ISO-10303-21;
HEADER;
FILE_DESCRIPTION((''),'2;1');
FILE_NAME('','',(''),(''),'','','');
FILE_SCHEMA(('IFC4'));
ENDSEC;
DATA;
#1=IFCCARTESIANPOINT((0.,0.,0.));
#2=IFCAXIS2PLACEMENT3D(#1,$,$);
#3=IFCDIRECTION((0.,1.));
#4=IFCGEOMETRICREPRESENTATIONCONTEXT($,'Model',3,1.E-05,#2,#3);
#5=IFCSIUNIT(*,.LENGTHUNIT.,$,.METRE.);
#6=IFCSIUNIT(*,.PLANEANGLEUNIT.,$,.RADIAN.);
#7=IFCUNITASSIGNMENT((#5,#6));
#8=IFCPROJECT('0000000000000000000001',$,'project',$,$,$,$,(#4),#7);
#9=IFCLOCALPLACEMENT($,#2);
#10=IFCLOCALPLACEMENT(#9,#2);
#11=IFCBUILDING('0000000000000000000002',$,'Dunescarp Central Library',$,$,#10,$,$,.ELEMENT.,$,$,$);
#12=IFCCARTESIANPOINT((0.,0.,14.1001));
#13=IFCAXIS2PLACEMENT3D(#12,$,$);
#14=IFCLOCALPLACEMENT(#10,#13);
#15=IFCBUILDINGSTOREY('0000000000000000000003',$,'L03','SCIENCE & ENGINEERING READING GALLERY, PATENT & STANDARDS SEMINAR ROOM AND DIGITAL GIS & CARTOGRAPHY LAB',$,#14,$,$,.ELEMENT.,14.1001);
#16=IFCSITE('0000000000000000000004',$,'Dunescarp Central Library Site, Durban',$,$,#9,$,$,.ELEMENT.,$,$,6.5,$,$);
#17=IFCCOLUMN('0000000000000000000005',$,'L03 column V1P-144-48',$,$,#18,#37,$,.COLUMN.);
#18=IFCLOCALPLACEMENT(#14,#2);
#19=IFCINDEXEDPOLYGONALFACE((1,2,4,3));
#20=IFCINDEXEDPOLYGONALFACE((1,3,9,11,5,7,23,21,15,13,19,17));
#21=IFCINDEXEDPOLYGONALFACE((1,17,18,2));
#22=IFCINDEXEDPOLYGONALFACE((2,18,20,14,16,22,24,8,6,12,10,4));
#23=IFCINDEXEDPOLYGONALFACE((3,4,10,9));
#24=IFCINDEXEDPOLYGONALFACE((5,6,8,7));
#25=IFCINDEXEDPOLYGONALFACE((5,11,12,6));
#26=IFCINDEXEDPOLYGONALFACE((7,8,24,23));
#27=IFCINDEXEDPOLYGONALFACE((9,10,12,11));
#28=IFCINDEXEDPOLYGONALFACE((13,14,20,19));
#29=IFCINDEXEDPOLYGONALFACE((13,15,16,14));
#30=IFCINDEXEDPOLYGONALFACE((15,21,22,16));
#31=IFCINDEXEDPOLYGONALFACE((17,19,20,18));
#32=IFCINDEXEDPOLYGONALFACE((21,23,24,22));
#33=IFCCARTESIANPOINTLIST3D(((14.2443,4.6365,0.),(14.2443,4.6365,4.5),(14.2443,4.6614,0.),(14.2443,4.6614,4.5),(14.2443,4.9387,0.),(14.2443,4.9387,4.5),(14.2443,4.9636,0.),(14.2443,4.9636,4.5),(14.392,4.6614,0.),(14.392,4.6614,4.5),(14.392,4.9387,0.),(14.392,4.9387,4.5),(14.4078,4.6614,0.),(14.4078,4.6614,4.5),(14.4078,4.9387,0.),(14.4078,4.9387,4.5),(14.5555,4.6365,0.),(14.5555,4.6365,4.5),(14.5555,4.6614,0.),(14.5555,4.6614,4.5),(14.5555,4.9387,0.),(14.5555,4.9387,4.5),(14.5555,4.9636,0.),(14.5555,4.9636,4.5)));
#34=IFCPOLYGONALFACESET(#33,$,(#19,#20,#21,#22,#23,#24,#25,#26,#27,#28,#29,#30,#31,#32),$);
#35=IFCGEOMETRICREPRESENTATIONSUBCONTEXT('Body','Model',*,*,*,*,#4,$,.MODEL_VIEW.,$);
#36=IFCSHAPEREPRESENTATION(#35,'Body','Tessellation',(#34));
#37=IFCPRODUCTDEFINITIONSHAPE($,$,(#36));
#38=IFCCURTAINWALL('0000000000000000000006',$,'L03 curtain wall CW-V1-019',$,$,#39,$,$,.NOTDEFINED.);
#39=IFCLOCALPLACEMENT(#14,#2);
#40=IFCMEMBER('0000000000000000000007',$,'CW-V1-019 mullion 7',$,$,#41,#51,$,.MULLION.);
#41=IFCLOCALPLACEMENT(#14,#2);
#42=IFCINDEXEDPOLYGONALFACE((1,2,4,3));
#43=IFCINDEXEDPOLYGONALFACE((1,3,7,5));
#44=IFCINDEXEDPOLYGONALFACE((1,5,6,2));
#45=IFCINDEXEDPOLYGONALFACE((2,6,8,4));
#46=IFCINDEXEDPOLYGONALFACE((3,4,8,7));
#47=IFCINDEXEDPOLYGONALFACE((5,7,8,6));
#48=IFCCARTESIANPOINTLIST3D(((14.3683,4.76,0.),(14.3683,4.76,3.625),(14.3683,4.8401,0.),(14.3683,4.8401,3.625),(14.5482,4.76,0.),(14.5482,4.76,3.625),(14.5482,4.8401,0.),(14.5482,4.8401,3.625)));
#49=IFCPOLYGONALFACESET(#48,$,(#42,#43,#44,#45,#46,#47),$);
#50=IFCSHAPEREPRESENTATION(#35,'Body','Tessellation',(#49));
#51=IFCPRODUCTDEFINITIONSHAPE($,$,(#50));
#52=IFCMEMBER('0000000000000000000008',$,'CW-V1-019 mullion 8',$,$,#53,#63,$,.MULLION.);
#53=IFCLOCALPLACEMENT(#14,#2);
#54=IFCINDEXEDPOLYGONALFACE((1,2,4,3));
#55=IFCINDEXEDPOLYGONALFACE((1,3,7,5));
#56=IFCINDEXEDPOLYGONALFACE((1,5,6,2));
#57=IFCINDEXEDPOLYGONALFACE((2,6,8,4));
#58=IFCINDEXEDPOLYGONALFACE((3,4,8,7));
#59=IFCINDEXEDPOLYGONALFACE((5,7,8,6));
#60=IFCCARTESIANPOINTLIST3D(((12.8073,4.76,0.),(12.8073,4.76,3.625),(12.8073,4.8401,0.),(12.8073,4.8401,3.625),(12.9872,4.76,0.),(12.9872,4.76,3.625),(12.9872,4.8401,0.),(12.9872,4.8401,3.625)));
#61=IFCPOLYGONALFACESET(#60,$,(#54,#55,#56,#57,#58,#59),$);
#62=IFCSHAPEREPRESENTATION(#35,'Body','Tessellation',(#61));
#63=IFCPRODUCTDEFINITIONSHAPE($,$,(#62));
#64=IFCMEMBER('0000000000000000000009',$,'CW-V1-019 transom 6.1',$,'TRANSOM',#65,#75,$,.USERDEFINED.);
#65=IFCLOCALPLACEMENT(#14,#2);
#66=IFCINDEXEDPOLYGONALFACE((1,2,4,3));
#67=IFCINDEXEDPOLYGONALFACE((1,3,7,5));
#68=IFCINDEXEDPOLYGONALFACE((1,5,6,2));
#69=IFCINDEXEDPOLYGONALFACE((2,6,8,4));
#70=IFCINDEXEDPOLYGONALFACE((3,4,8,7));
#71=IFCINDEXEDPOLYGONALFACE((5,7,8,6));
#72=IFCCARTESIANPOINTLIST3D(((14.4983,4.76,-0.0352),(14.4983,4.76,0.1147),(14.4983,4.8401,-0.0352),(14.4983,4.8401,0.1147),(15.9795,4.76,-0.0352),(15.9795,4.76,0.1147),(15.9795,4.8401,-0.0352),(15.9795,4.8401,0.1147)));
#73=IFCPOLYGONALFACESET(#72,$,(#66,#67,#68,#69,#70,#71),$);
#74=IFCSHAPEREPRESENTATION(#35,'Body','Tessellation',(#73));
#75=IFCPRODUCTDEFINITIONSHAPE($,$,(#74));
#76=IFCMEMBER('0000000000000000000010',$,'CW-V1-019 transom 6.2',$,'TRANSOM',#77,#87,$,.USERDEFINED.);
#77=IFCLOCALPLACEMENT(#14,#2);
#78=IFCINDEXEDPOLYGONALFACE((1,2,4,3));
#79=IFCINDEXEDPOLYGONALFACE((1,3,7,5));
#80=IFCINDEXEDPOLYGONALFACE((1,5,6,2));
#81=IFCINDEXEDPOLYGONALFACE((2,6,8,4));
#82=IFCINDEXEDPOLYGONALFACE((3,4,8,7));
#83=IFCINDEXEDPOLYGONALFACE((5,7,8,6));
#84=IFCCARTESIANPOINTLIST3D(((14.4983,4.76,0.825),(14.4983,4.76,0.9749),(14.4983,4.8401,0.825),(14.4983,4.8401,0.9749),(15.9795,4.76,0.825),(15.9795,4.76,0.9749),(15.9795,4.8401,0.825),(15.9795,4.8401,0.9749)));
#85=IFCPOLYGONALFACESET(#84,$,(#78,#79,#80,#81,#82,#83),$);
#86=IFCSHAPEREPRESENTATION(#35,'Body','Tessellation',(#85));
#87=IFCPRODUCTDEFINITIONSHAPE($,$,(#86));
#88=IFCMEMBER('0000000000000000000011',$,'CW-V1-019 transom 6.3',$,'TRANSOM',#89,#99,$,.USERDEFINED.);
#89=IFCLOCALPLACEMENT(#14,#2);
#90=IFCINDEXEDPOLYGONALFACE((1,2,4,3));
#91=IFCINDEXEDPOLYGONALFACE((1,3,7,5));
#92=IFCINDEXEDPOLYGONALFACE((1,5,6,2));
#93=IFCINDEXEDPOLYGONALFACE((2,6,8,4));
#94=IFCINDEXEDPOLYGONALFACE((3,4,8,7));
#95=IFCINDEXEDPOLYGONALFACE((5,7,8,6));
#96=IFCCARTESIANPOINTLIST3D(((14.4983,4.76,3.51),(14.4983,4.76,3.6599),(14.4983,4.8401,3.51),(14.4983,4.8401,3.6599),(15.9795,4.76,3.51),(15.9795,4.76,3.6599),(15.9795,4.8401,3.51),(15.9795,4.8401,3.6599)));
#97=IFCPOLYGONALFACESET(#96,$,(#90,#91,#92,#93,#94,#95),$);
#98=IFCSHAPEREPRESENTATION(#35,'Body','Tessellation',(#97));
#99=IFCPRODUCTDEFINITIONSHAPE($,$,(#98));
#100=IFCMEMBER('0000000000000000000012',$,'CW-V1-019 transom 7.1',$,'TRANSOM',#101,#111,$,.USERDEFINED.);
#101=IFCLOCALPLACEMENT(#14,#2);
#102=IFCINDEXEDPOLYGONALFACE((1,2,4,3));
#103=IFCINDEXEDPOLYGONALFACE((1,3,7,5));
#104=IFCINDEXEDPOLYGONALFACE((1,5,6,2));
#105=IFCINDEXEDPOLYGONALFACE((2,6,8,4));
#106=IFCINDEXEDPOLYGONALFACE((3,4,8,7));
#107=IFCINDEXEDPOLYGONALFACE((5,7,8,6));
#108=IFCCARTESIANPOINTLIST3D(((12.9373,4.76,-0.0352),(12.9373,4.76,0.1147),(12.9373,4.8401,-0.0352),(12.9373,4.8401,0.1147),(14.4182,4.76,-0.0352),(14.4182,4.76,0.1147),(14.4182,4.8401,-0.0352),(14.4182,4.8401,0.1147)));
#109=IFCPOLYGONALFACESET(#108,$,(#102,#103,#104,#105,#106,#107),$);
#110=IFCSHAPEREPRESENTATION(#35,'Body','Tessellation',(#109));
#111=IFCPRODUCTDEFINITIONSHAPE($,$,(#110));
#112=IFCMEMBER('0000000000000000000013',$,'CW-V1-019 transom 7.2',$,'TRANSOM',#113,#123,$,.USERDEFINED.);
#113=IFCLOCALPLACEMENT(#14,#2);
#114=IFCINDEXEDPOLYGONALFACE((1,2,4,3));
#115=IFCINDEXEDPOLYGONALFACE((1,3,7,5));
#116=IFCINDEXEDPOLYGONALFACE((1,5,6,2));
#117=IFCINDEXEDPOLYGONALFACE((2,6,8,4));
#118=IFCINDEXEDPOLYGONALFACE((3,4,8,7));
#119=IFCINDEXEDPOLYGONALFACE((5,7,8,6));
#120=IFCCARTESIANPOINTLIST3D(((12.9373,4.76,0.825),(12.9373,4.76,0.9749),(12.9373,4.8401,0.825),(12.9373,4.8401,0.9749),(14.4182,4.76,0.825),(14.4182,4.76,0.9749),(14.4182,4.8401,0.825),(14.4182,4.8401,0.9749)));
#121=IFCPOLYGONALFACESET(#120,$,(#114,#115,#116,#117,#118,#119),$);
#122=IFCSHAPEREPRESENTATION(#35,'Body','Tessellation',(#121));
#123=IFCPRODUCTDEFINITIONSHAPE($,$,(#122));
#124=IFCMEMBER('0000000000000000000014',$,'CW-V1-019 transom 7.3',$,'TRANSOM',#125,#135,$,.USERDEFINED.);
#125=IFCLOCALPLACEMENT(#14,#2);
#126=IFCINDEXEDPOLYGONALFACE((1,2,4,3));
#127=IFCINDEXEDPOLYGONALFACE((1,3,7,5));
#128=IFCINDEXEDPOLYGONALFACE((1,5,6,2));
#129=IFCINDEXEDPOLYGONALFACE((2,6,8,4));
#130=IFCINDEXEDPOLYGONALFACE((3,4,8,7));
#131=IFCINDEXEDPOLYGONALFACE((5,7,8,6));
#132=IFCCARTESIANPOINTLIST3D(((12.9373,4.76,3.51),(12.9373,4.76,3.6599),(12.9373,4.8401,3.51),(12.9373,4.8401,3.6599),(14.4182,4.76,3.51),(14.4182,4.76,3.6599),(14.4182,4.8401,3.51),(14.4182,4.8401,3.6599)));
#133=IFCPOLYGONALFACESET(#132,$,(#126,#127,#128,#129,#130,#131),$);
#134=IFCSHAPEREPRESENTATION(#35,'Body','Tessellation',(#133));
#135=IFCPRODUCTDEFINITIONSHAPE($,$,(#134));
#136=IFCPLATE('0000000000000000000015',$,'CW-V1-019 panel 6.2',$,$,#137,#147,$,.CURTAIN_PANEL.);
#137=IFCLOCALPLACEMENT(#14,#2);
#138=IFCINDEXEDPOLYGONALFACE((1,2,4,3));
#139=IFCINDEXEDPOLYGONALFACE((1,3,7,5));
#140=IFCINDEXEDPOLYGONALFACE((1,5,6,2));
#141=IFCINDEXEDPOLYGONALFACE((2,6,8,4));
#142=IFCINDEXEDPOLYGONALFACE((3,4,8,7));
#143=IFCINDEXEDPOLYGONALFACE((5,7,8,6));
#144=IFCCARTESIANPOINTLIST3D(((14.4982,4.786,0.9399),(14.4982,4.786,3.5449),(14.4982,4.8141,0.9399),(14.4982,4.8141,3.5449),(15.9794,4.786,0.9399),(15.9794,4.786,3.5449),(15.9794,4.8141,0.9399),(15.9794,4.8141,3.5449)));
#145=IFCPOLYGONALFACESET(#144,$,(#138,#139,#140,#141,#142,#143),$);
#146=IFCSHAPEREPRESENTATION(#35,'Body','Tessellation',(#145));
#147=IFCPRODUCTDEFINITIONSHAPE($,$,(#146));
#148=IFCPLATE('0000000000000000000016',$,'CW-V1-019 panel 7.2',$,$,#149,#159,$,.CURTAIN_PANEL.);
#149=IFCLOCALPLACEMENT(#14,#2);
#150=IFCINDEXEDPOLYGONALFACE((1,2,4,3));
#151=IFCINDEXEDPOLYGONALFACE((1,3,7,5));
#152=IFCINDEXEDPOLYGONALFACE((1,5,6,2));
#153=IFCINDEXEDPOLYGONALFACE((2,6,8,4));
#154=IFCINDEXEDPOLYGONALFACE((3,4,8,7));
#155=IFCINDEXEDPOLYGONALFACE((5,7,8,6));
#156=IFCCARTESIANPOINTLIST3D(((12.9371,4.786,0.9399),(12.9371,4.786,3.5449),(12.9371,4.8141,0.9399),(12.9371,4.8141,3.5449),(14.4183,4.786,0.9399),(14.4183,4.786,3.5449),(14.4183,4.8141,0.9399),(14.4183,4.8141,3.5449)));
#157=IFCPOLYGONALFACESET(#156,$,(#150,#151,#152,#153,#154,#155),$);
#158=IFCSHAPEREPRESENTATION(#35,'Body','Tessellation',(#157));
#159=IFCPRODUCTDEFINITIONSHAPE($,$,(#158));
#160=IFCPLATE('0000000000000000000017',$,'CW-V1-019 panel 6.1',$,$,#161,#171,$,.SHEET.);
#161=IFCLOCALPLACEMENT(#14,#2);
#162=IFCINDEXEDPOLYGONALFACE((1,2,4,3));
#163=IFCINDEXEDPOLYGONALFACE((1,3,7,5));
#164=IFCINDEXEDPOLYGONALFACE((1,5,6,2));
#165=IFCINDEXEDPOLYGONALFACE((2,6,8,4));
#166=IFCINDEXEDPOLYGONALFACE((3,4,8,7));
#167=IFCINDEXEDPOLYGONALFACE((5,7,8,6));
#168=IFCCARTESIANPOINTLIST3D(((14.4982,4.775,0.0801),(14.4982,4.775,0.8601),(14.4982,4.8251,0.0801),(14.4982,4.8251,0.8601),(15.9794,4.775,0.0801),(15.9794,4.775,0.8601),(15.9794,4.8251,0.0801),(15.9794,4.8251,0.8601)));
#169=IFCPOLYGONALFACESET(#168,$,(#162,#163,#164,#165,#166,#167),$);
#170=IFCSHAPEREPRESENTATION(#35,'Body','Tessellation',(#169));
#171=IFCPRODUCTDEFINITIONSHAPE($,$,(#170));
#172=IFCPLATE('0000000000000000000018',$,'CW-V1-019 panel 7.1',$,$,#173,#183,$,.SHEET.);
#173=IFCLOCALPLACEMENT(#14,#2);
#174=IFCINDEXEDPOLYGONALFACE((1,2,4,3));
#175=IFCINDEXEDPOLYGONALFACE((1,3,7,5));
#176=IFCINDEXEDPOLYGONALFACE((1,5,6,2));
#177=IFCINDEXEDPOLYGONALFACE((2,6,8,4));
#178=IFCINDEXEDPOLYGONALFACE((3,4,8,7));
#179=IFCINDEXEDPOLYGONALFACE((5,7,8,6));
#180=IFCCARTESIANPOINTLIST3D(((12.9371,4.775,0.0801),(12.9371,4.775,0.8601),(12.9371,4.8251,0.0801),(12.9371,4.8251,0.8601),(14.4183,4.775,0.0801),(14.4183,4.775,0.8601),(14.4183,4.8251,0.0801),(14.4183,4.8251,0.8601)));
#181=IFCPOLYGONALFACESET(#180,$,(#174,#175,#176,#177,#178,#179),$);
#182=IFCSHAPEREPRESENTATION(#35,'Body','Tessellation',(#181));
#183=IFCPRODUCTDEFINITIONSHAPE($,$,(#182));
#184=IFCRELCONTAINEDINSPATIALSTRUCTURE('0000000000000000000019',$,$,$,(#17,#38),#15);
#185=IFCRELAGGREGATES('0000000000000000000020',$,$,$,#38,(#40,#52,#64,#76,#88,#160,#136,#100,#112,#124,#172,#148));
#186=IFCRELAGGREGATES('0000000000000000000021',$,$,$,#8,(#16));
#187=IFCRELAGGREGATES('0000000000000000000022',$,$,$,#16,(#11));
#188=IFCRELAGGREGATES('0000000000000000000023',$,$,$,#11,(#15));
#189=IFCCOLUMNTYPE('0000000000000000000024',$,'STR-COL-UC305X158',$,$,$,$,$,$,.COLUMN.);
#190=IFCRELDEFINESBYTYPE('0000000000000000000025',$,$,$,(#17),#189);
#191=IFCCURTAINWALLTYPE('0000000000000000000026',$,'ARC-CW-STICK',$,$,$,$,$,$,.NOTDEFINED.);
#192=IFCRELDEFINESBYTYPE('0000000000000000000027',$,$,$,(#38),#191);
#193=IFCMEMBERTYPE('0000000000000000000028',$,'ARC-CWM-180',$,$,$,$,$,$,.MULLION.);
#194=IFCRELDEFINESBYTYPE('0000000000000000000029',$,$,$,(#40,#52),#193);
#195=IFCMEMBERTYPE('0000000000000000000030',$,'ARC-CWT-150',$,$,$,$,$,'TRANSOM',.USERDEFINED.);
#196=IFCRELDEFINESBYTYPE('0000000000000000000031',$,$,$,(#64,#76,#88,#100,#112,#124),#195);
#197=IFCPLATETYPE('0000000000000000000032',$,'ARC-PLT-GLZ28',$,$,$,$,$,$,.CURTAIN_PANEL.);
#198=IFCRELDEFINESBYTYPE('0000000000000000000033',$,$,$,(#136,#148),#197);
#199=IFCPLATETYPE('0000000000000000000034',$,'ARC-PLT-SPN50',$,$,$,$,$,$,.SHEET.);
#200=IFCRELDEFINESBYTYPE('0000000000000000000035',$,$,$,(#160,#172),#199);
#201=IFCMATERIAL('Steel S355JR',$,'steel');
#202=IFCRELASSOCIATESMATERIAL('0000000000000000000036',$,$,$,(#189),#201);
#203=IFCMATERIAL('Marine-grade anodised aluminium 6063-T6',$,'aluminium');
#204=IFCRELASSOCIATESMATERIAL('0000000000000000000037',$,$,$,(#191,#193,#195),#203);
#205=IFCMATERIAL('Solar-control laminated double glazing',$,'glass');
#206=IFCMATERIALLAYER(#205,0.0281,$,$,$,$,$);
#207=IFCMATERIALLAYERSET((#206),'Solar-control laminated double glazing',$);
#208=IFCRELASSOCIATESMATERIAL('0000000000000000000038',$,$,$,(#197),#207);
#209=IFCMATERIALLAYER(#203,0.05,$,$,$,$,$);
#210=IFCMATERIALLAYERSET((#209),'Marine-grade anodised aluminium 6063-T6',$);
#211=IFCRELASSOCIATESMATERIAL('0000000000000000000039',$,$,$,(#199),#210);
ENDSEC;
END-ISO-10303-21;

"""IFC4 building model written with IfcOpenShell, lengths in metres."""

from ifc_helpers import new_model, si_unit, direction, frame, origin, origin_2d, place, context, subcontext, project, spatial, rectangle, i_section, extrude, material, layer, layer_set, material_profile, profile_set, type_object, element, aggregate, save


model = new_model("IFC4")

# Units and contexts
model_context = context("Model", 3, precision=1e-05, world=origin(), true_north=direction((0.0, 1.0)))
body_context = subcontext(model_context, "Body", "Model", "MODEL_VIEW")
ifc_project = project(units=[si_unit("LENGTHUNIT", "METRE"), si_unit("PLANEANGLEUNIT", "RADIAN")], contexts=[model_context])

# Site, building, storey
site_placement = place(None, origin())
site = spatial("IfcSite", under=ifc_project, at=site_placement, Name="Dunescarp Central Library Site, Durban", CompositionType="ELEMENT", RefElevation=6.5)
building_placement = place(site_placement, origin())
building = spatial("IfcBuilding", under=site, at=building_placement, Name="Dunescarp Central Library", CompositionType="ELEMENT")
storey_placement = place(building_placement, frame((0.0, 0.0, 14.1001)))
storey = spatial("IfcBuildingStorey", under=building, at=storey_placement, Name="L03", Description="SCIENCE & ENGINEERING READING GALLERY, PATENT & STANDARDS SEMINAR ROOM AND DIGITAL GIS & CARTOGRAPHY LAB", CompositionType="ELEMENT", Elevation=14.1001)

# Column
ifc_material_1 = material(Name="Steel S355JR", Category="steel")
ifc_material_profile_1 = material_profile(ifc_material_1, i_section(OverallWidth=0.3113, OverallDepth=0.3271, WebThickness=0.0159, FlangeThickness=0.0249, at=origin_2d()), Name="UC 305x305x158")
ifc_profile_set_1 = profile_set([ifc_material_profile_1], Name="Steel S355JR")
column_type = type_object("IfcColumnType", Name="STR-COL-UC305X158", PredefinedType="COLUMN", material=ifc_profile_set_1)
column_placement = place(storey_placement, frame((14.3999, 4.8, 0.0), z_axis=(0.0, 0.0, 1.0), x_axis=(1.0, 0.0, 0.0)))
element("IfcColumn", 1, at=column_placement, inside=storey, type_object=column_type, Name="L03 column V1P-144-48", PredefinedType="COLUMN", context=body_context, shape_type="SweptSolid", body=[
    extrude(i_section(OverallWidth=0.3113, OverallDepth=0.3271, WebThickness=0.0159, FlangeThickness=0.0249, at=origin_2d()), origin(), (0.0, 0.0, 1.0), 4.5),
])

# Curtain wall, members, plates
ifc_material_2 = material(Name="Marine-grade anodised aluminium 6063-T6", Category="aluminium")
curtain_wall_type = type_object("IfcCurtainWallType", Name="ARC-CW-STICK", PredefinedType="NOTDEFINED", material=ifc_material_2)
curtain_wall_placement = place(storey_placement, origin())
curtain_wall = element("IfcCurtainWall", 2, at=curtain_wall_placement, inside=storey, type_object=curtain_wall_type, Name="L03 curtain wall CW-V1-019", PredefinedType="NOTDEFINED")
ifc_material_profile_2 = material_profile(ifc_material_2, rectangle(XDim=0.0801, YDim=0.1799, at=origin_2d()), Name="AL 80x180")
ifc_profile_set_2 = profile_set([ifc_material_profile_2], Name="Marine-grade anodised aluminium 6063-T6")
member_type_1 = type_object("IfcMemberType", Name="ARC-CWM-180", PredefinedType="MULLION", material=ifc_profile_set_2)
member_1_placement = place(storey_placement, frame((14.4583, 4.8, 0.0), z_axis=(0.0, 0.0, 1.0), x_axis=(0.0, -1.0, 0.0)))
member_1 = element("IfcMember", 3, at=member_1_placement, type_object=member_type_1, Name="CW-V1-019 mullion 7", PredefinedType="MULLION", context=body_context, shape_type="SweptSolid", body=[
    extrude(rectangle(XDim=0.0801, YDim=0.1799, at=origin_2d()), origin(), (0.0, 0.0, 1.0), 3.625),
])
member_2_placement = place(storey_placement, frame((12.8972, 4.8, 0.0), z_axis=(0.0, 0.0, 1.0), x_axis=(0.0, -1.0, 0.0)))
member_2 = element("IfcMember", 4, at=member_2_placement, type_object=member_type_1, Name="CW-V1-019 mullion 8", PredefinedType="MULLION", context=body_context, shape_type="SweptSolid", body=[
    extrude(rectangle(XDim=0.0801, YDim=0.1799, at=origin_2d()), origin(), (0.0, 0.0, 1.0), 3.625),
])
ifc_material_profile_3 = material_profile(ifc_material_2, rectangle(XDim=0.0801, YDim=0.1499, at=origin_2d()), Name="AL 80x150")
ifc_profile_set_3 = profile_set([ifc_material_profile_3], Name="Marine-grade anodised aluminium 6063-T6")
member_type_2 = type_object("IfcMemberType", Name="ARC-CWT-150", ElementType="TRANSOM", PredefinedType="USERDEFINED", material=ifc_profile_set_3)
member_3_placement = place(storey_placement, frame((15.9795, 4.8, 0.0398), z_axis=(-1.0, 0.0, 0.0), x_axis=(0.0, -1.0, 0.0)))
member_3 = element("IfcMember", 5, at=member_3_placement, type_object=member_type_2, Name="CW-V1-019 transom 6.1", ObjectType="TRANSOM", PredefinedType="USERDEFINED", context=body_context, shape_type="SweptSolid", body=[
    extrude(rectangle(XDim=0.0801, YDim=0.1499, at=origin_2d()), origin(), (0.0, 0.0, 1.0), 1.4812),
])
member_4_placement = place(storey_placement, frame((15.9795, 4.8, 0.8999), z_axis=(-1.0, 0.0, 0.0), x_axis=(0.0, -1.0, 0.0)))
member_4 = element("IfcMember", 6, at=member_4_placement, type_object=member_type_2, Name="CW-V1-019 transom 6.2", ObjectType="TRANSOM", PredefinedType="USERDEFINED", context=body_context, shape_type="SweptSolid", body=[
    extrude(rectangle(XDim=0.0801, YDim=0.1499, at=origin_2d()), origin(), (0.0, 0.0, 1.0), 1.4812),
])
member_5_placement = place(storey_placement, frame((15.9795, 4.8, 3.585), z_axis=(-1.0, 0.0, 0.0), x_axis=(0.0, -1.0, 0.0)))
member_5 = element("IfcMember", 7, at=member_5_placement, type_object=member_type_2, Name="CW-V1-019 transom 6.3", ObjectType="TRANSOM", PredefinedType="USERDEFINED", context=body_context, shape_type="SweptSolid", body=[
    extrude(rectangle(XDim=0.0801, YDim=0.1499, at=origin_2d()), origin(), (0.0, 0.0, 1.0), 1.4812),
])
member_6_placement = place(storey_placement, frame((14.4182, 4.8, 0.0398), z_axis=(-1.0, 0.0, 0.0), x_axis=(0.0, -1.0, 0.0)))
member_6 = element("IfcMember", 8, at=member_6_placement, type_object=member_type_2, Name="CW-V1-019 transom 7.1", ObjectType="TRANSOM", PredefinedType="USERDEFINED", context=body_context, shape_type="SweptSolid", body=[
    extrude(rectangle(XDim=0.0801, YDim=0.1499, at=origin_2d()), origin(), (0.0, 0.0, 1.0), 1.481),
])
member_7_placement = place(storey_placement, frame((14.4182, 4.8, 0.8999), z_axis=(-1.0, 0.0, 0.0), x_axis=(0.0, -1.0, 0.0)))
member_7 = element("IfcMember", 9, at=member_7_placement, type_object=member_type_2, Name="CW-V1-019 transom 7.2", ObjectType="TRANSOM", PredefinedType="USERDEFINED", context=body_context, shape_type="SweptSolid", body=[
    extrude(rectangle(XDim=0.0801, YDim=0.1499, at=origin_2d()), origin(), (0.0, 0.0, 1.0), 1.481),
])
member_8_placement = place(storey_placement, frame((14.4182, 4.8, 3.585), z_axis=(-1.0, 0.0, 0.0), x_axis=(0.0, -1.0, 0.0)))
member_8 = element("IfcMember", 10, at=member_8_placement, type_object=member_type_2, Name="CW-V1-019 transom 7.3", ObjectType="TRANSOM", PredefinedType="USERDEFINED", context=body_context, shape_type="SweptSolid", body=[
    extrude(rectangle(XDim=0.0801, YDim=0.1499, at=origin_2d()), origin(), (0.0, 0.0, 1.0), 1.481),
])
ifc_material_3 = material(Name="Solar-control laminated double glazing", Category="glass")
ifc_layer_1 = layer(ifc_material_3, 0.0281)
ifc_layer_set_1 = layer_set([ifc_layer_1], Name="Solar-control laminated double glazing")
plate_type_1 = type_object("IfcPlateType", Name="ARC-PLT-GLZ28", PredefinedType="CURTAIN_PANEL", material=ifc_layer_set_1)
plate_1_placement = place(storey_placement, frame((15.2388, 4.8, 0.9399), z_axis=(0.0, 0.0, 1.0), x_axis=(-1.0, 0.0, 0.0)))
plate_1 = element("IfcPlate", 11, at=plate_1_placement, type_object=plate_type_1, Name="CW-V1-019 panel 6.2", PredefinedType="CURTAIN_PANEL", context=body_context, shape_type="SweptSolid", body=[
    extrude(rectangle(XDim=1.4812, YDim=0.0281, at=origin_2d()), origin(), (0.0, 0.0, 1.0), 2.605),
])
plate_2_placement = place(storey_placement, frame((13.6777, 4.8, 0.9399), z_axis=(0.0, 0.0, 1.0), x_axis=(-1.0, 0.0, 0.0)))
plate_2 = element("IfcPlate", 12, at=plate_2_placement, type_object=plate_type_1, Name="CW-V1-019 panel 7.2", PredefinedType="CURTAIN_PANEL", context=body_context, shape_type="SweptSolid", body=[
    extrude(rectangle(XDim=1.4812, YDim=0.0281, at=origin_2d()), origin(), (0.0, 0.0, 1.0), 2.605),
])
ifc_layer_2 = layer(ifc_material_2, 0.05)
ifc_layer_set_2 = layer_set([ifc_layer_2], Name="Marine-grade anodised aluminium 6063-T6")
plate_type_2 = type_object("IfcPlateType", Name="ARC-PLT-SPN50", PredefinedType="SHEET", material=ifc_layer_set_2)
plate_3_placement = place(storey_placement, frame((15.2388, 4.8, 0.0801), z_axis=(0.0, 0.0, 1.0), x_axis=(-1.0, 0.0, 0.0)))
plate_3 = element("IfcPlate", 13, at=plate_3_placement, type_object=plate_type_2, Name="CW-V1-019 panel 6.1", PredefinedType="SHEET", context=body_context, shape_type="SweptSolid", body=[
    extrude(rectangle(XDim=1.4812, YDim=0.05, at=origin_2d()), origin(), (0.0, 0.0, 1.0), 0.78),
])
plate_4_placement = place(storey_placement, frame((13.6777, 4.8, 0.0801), z_axis=(0.0, 0.0, 1.0), x_axis=(-1.0, 0.0, 0.0)))
plate_4 = element("IfcPlate", 14, at=plate_4_placement, type_object=plate_type_2, Name="CW-V1-019 panel 7.1", PredefinedType="SHEET", context=body_context, shape_type="SweptSolid", body=[
    extrude(rectangle(XDim=1.4812, YDim=0.05, at=origin_2d()), origin(), (0.0, 0.0, 1.0), 0.78),
])
aggregate(curtain_wall, [member_1, member_2, member_3, member_4, member_5, plate_3, plate_1, member_6, member_7, member_8, plate_4, plate_2])

save(model, "model.ifc")
